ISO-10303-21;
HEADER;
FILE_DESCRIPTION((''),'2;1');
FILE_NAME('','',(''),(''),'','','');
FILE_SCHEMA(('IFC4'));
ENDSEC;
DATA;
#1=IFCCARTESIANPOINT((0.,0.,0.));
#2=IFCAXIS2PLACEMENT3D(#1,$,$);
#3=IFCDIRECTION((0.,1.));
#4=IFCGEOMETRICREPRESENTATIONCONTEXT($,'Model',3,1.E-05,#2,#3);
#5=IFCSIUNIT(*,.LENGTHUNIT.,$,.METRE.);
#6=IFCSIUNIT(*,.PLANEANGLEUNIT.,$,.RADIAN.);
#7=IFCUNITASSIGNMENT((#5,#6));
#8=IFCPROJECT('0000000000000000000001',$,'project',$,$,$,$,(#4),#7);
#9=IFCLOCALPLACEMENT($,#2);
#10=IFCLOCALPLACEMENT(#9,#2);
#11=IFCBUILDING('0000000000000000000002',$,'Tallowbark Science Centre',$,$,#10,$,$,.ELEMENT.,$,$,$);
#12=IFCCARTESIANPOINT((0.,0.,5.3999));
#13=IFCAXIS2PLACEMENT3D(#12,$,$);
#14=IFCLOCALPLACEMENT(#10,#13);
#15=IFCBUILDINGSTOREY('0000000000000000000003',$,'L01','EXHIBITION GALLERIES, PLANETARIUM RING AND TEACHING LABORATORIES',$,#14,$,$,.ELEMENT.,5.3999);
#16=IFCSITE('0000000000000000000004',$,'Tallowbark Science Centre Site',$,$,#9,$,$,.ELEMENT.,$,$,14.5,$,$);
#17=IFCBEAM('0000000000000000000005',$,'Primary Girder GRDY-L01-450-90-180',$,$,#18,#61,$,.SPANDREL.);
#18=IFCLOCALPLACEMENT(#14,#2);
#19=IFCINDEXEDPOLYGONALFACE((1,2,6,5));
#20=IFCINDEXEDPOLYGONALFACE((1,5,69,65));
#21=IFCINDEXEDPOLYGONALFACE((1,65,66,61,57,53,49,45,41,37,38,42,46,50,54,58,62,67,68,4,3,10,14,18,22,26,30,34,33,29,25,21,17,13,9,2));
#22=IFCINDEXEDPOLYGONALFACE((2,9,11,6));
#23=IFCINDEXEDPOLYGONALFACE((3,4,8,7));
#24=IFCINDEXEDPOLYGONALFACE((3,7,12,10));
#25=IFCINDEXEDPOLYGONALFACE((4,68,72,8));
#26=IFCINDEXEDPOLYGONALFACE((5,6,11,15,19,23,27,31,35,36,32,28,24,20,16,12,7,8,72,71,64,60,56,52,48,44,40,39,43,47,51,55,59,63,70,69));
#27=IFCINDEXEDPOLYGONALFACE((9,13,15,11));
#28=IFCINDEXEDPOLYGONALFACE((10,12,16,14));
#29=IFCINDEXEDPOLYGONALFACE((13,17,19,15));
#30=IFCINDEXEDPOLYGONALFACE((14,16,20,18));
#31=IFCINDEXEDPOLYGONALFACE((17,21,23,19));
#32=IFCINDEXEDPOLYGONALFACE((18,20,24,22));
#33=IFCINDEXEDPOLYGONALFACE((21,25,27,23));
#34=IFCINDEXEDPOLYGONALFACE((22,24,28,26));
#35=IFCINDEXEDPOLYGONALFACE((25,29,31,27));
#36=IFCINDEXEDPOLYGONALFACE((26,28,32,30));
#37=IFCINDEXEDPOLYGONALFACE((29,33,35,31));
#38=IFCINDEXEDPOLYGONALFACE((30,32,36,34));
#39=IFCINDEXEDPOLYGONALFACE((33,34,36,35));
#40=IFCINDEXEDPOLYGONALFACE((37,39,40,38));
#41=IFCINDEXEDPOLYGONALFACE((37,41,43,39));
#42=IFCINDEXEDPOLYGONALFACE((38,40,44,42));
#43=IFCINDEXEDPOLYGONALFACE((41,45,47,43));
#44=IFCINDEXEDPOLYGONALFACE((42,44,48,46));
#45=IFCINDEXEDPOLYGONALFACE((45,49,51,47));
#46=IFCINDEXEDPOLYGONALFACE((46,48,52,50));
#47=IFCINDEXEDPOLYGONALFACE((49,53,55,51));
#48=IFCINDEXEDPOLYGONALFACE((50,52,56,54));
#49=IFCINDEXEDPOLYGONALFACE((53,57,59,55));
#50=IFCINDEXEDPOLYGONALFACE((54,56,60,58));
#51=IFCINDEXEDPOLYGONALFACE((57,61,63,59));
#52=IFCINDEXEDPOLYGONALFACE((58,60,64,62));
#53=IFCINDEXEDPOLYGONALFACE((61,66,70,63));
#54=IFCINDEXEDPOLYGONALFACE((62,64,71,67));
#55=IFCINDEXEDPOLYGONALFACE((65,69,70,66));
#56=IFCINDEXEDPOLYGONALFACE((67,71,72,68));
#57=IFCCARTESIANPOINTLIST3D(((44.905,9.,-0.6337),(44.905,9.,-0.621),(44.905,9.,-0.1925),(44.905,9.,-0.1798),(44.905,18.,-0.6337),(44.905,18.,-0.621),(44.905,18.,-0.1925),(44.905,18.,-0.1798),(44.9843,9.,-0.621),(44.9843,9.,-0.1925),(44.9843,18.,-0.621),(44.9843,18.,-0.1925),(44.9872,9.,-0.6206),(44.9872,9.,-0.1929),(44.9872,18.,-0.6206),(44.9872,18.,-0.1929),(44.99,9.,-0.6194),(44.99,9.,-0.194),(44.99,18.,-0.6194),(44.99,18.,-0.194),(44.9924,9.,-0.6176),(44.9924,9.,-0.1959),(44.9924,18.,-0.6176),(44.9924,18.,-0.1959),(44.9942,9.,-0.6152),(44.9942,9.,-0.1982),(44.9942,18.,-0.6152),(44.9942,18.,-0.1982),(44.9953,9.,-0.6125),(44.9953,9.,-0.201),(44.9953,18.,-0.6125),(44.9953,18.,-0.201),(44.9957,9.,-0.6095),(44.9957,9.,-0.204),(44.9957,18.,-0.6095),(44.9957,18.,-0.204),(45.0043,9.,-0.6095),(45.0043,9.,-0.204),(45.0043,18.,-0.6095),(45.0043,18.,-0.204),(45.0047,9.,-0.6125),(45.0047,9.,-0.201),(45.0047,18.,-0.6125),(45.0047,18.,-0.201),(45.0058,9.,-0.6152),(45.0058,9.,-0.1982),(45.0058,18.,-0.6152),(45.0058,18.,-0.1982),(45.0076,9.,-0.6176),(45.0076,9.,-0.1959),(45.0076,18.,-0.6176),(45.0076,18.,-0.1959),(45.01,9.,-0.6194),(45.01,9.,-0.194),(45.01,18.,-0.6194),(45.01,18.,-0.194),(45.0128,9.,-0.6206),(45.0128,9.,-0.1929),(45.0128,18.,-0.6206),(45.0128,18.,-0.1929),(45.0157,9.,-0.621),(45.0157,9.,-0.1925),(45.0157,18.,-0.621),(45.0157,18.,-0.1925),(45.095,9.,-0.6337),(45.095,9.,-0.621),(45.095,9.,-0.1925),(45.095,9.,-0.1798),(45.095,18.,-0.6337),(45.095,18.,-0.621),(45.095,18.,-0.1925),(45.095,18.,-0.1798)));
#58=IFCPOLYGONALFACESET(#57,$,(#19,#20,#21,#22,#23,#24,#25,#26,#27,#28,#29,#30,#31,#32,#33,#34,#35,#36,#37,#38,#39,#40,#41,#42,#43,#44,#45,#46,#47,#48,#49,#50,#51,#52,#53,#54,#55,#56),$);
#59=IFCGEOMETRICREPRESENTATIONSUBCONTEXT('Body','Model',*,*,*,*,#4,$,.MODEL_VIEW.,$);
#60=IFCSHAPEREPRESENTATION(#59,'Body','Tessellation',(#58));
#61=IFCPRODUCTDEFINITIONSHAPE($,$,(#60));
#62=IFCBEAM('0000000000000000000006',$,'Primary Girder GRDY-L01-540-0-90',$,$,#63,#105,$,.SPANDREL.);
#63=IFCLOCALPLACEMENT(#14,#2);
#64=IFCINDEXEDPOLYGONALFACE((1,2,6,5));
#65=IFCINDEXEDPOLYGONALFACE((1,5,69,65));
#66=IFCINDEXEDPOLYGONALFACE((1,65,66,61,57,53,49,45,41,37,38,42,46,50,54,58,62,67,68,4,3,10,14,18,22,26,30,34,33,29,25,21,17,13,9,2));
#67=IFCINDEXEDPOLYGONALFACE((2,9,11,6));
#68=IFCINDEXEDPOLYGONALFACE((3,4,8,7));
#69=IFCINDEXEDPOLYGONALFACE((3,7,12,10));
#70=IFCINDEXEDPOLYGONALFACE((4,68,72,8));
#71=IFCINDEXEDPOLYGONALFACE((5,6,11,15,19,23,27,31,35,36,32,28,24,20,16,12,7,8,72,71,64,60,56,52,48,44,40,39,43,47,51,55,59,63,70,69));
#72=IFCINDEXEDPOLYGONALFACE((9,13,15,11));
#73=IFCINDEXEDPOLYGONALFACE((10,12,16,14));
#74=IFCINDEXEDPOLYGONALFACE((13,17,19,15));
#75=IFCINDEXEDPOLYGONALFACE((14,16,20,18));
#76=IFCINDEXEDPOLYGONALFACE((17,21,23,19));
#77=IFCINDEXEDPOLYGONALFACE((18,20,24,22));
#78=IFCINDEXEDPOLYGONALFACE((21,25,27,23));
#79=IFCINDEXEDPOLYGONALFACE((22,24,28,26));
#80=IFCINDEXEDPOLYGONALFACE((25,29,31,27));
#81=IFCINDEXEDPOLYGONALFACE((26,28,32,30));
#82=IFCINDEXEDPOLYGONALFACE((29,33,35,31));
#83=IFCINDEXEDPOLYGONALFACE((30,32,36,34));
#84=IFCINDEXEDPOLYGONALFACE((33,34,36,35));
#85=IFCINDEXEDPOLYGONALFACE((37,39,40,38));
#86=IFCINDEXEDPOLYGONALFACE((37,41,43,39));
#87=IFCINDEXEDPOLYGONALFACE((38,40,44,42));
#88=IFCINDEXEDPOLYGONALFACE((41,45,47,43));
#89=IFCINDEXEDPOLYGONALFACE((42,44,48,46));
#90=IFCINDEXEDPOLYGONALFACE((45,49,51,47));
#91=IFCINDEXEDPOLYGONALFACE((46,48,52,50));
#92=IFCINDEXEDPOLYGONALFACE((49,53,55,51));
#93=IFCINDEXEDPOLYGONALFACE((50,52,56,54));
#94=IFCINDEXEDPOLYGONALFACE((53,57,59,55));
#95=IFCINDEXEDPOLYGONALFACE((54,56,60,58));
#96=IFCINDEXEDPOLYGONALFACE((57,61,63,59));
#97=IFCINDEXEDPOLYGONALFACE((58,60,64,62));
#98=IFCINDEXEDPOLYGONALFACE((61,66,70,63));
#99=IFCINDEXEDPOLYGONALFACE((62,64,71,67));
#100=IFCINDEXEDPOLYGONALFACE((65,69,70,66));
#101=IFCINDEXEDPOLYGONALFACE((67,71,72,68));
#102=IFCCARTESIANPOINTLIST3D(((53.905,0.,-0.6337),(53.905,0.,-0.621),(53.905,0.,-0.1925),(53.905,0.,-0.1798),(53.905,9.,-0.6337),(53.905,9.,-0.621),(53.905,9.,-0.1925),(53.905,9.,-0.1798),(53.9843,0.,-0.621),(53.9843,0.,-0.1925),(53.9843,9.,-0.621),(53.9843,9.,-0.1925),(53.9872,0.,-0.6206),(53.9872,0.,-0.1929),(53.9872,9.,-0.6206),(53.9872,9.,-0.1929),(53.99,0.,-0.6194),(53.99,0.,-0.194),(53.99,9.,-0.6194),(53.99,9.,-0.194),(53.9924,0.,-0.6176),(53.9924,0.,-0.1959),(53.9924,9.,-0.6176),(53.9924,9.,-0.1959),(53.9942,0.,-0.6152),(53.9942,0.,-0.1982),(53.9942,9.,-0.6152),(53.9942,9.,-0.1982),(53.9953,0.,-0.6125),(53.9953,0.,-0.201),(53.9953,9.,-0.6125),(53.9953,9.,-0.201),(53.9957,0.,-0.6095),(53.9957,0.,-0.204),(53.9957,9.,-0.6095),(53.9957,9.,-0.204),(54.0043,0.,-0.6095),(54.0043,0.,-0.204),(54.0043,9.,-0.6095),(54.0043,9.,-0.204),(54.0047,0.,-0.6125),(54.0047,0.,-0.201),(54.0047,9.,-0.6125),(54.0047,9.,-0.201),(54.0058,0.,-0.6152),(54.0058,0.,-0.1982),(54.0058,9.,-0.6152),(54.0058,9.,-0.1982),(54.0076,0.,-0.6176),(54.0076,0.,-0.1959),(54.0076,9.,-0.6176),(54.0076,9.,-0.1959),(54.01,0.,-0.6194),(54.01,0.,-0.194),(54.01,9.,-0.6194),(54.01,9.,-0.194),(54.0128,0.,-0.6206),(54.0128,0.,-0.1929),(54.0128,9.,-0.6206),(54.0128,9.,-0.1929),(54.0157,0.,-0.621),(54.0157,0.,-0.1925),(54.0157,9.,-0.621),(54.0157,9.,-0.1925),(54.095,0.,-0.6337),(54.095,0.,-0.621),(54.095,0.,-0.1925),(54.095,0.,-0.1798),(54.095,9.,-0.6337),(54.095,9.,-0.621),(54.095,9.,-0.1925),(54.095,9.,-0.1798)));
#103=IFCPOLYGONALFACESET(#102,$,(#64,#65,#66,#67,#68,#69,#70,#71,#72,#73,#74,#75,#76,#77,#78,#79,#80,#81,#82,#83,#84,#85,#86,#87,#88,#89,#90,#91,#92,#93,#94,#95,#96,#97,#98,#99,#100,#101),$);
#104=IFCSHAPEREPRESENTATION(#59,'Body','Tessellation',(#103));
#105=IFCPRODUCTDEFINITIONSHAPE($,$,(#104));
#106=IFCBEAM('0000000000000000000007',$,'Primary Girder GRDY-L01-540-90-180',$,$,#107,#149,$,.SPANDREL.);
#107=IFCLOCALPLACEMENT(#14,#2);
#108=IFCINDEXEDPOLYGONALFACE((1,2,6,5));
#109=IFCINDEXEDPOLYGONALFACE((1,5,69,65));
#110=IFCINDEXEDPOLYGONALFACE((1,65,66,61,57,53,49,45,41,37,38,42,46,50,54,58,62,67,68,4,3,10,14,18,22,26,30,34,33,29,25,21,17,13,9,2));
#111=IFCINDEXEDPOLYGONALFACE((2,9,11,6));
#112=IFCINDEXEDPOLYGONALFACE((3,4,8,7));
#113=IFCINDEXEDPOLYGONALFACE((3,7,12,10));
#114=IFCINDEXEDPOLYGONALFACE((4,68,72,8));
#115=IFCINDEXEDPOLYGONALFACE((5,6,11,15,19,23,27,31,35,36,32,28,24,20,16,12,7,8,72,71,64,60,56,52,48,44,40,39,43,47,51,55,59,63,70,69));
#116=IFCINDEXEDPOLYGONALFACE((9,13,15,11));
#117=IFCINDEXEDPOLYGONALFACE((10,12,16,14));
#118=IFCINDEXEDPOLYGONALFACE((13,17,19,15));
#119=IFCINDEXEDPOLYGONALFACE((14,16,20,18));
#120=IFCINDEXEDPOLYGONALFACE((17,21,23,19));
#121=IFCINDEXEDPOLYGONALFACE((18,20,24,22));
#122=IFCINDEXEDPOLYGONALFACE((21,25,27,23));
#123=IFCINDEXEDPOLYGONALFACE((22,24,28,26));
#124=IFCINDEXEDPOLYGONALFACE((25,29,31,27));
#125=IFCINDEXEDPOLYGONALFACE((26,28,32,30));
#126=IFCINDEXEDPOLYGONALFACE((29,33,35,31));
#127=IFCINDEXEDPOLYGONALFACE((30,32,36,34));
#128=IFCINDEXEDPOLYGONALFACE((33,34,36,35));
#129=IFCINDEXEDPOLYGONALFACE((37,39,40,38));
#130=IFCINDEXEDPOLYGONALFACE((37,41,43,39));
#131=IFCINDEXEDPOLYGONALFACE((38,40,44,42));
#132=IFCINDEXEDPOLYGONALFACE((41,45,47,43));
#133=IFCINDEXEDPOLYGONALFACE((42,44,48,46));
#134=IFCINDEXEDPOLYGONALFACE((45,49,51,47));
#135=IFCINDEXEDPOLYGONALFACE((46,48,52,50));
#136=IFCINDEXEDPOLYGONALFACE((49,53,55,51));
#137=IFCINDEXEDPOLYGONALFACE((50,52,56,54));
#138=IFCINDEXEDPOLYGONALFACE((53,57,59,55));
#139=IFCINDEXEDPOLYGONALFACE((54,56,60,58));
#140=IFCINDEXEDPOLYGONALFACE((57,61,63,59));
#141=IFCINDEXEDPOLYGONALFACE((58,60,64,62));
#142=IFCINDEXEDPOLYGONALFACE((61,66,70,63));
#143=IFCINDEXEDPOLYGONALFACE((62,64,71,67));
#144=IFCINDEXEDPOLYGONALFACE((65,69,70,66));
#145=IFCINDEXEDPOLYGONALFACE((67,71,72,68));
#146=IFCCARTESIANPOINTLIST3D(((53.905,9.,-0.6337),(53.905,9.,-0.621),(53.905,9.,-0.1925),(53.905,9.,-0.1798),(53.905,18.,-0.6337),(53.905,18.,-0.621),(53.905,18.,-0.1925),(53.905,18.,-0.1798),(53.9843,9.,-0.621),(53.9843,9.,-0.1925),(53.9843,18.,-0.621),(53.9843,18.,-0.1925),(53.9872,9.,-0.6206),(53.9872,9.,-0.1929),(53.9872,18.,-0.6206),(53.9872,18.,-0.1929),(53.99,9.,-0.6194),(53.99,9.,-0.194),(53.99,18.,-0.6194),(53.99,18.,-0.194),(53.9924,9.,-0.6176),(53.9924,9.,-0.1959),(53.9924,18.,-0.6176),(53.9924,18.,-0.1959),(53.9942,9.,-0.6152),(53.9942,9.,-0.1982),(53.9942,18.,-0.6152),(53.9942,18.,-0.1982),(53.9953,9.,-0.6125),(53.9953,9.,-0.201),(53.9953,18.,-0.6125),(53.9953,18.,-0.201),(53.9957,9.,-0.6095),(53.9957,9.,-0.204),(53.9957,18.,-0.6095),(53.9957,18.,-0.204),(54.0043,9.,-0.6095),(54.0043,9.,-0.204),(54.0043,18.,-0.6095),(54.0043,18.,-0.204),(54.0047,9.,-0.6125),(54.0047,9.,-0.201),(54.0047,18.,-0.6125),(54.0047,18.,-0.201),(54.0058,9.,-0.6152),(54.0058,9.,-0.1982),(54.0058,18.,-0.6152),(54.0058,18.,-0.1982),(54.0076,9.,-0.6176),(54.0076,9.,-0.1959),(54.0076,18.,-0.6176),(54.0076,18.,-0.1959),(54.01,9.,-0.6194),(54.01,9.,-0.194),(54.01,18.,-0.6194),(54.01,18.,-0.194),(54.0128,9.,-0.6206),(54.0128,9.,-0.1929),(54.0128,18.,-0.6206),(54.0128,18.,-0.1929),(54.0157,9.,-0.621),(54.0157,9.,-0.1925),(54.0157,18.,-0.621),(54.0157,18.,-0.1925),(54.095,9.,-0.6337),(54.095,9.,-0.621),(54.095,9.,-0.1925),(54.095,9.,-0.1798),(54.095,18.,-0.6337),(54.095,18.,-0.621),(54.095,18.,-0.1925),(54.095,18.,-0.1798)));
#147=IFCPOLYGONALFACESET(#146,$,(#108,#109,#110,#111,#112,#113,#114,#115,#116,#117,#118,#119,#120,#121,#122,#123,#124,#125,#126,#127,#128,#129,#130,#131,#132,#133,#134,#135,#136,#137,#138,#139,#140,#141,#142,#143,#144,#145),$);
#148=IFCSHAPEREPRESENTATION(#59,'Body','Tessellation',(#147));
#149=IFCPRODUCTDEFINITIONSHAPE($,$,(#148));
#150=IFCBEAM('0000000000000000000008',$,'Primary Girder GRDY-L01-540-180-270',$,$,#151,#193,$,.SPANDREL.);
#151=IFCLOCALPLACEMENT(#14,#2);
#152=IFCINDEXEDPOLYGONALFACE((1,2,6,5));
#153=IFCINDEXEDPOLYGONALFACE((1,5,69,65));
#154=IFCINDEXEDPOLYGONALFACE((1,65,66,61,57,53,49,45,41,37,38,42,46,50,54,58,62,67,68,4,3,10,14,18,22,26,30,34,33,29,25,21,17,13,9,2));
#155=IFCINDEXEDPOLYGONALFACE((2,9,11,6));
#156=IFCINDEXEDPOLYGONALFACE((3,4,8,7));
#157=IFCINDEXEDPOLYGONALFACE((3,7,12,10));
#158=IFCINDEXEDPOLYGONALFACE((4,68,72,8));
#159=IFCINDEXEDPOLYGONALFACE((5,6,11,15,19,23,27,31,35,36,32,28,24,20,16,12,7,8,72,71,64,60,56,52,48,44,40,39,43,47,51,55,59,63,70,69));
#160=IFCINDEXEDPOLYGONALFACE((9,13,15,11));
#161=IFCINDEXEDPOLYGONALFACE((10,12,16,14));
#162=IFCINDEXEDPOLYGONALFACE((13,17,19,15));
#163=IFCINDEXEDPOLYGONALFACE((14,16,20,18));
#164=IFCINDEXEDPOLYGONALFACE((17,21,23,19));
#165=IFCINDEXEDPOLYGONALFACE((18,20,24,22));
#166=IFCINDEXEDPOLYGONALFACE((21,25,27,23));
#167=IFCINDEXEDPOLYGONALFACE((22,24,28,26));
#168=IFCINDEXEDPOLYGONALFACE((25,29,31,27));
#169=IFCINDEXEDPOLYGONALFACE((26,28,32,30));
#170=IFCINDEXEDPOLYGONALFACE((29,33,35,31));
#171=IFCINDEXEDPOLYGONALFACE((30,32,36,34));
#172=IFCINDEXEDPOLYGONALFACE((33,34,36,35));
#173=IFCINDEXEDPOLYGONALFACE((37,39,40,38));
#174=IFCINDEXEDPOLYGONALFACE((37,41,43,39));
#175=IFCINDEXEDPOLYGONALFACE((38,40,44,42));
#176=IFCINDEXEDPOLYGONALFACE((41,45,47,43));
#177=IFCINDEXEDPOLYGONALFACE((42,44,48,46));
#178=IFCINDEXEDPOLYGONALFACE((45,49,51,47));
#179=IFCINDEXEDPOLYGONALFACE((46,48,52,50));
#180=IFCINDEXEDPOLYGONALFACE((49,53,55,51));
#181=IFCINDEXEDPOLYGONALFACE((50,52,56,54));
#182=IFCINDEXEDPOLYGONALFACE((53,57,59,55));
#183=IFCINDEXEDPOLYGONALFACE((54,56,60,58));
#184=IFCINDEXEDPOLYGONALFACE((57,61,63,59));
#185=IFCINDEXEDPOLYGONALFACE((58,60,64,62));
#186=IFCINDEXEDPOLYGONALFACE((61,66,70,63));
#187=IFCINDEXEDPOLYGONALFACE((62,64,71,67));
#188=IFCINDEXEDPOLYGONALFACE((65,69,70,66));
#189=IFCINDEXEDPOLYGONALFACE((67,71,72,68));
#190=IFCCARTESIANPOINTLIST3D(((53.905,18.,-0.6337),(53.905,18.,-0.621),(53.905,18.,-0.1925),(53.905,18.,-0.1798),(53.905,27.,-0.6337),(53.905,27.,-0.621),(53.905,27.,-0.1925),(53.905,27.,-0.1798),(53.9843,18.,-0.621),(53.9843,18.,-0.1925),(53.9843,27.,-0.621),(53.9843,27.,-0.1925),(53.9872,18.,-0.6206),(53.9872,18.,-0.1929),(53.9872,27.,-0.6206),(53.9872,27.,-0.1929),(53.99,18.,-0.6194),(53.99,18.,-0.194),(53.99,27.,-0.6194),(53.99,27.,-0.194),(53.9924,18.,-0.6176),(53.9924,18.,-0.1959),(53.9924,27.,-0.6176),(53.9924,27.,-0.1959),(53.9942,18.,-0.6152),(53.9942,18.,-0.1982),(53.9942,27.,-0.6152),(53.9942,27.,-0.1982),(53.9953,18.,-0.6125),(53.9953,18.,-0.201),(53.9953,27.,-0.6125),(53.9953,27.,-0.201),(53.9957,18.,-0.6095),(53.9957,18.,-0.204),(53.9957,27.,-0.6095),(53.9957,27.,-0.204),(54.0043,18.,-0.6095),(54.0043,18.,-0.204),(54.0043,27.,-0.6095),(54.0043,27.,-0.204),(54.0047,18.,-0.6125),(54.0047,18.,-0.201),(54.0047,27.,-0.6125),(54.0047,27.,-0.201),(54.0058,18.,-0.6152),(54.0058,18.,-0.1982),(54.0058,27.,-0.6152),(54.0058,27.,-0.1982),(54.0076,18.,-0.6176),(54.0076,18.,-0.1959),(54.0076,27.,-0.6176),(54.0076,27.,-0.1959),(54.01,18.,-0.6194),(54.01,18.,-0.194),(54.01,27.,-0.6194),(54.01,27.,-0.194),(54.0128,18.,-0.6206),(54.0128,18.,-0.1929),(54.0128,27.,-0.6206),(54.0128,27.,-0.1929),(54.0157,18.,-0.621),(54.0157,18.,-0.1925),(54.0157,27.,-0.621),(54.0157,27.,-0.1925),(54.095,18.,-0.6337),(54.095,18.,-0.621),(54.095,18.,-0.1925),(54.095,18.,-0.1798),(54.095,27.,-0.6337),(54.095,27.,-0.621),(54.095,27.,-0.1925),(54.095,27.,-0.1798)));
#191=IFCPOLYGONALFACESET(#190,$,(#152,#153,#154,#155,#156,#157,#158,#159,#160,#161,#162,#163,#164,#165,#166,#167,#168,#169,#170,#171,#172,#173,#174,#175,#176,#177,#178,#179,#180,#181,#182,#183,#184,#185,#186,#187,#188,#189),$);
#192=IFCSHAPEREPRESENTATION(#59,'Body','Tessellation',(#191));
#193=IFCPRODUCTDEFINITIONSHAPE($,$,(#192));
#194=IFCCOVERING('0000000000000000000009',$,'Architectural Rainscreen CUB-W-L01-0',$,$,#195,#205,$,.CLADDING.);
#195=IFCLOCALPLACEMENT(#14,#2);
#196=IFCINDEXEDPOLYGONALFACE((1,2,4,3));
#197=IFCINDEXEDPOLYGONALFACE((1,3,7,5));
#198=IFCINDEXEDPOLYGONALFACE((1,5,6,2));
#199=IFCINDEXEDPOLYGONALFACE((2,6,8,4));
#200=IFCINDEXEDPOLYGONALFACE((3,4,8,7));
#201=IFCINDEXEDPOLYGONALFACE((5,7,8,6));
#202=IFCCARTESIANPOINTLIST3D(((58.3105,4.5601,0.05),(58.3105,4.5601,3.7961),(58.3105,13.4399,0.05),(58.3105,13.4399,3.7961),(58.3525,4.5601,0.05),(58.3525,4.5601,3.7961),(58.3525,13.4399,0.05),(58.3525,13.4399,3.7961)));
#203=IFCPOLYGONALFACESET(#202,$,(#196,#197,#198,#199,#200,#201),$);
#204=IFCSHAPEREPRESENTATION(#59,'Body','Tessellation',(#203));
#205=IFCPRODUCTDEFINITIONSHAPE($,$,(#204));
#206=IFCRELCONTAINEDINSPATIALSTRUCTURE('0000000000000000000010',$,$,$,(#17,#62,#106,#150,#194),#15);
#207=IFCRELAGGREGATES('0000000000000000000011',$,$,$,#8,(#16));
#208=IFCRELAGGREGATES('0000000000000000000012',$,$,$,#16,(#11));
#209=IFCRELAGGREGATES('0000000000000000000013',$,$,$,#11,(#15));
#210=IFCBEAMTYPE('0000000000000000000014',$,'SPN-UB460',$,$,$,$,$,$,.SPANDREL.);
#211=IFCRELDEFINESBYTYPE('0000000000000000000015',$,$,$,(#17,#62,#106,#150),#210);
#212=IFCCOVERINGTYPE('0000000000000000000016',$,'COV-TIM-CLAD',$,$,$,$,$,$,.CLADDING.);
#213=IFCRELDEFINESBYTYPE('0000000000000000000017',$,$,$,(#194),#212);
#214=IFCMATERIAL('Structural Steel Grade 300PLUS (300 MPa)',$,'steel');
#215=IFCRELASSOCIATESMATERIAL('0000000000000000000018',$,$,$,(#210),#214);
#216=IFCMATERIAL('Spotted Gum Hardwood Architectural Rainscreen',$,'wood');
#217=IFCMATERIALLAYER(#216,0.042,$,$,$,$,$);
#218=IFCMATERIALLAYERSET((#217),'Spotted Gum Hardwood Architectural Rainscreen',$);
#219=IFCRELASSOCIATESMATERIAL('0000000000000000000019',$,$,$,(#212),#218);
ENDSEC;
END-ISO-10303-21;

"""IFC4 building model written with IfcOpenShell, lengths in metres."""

from ifc_helpers import new_model, si_unit, direction, frame, origin, origin_2d, place, context, subcontext, project, spatial, rectangle, i_section, extrude, material, layer, layer_set, material_profile, profile_set, type_object, element, save


model = new_model("IFC4")

# Units and contexts
model_context = context("Model", 3, precision=1e-05, world=origin(), true_north=direction((0.0, 1.0)))
body_context = subcontext(model_context, "Body", "Model", "MODEL_VIEW")
ifc_project = project(units=[si_unit("LENGTHUNIT", "METRE"), si_unit("PLANEANGLEUNIT", "RADIAN")], contexts=[model_context])

# Site, building, storey
site_placement = place(None, origin())
site = spatial("IfcSite", under=ifc_project, at=site_placement, Name="Tallowbark Science Centre Site", CompositionType="ELEMENT", RefElevation=14.5)
building_placement = place(site_placement, origin())
building = spatial("IfcBuilding", under=site, at=building_placement, Name="Tallowbark Science Centre", CompositionType="ELEMENT")
storey_placement = place(building_placement, frame((0.0, 0.0, 5.3999)))
storey = spatial("IfcBuildingStorey", under=building, at=storey_placement, Name="L01", Description="EXHIBITION GALLERIES, PLANETARIUM RING AND TEACHING LABORATORIES", CompositionType="ELEMENT", Elevation=5.3999)

# Shared definitions
ifc_material_1 = material(Name="Structural Steel Grade 300PLUS (300 MPa)", Category="steel")

# Beams
ifc_material_profile_1 = material_profile(ifc_material_1, i_section(OverallWidth=0.1899, OverallDepth=0.4539, WebThickness=0.0085, FlangeThickness=0.0127, FilletRadius=0.0115, at=origin_2d()), Name="460UB67.1")
ifc_profile_set_1 = profile_set([ifc_material_profile_1], Name="Structural Steel Grade 300PLUS (300 MPa)")
beam_type_1 = type_object("IfcBeamType", Name="SPN-UB460", PredefinedType="SPANDREL", material=ifc_profile_set_1)
for number, where, z_axis, x_axis, name in (
    (1, (45.0, 9.0, -0.4067), (0.0, 1.0, 0.0), (-1.0, 0.0, 0.0), "Primary Girder GRDY-L01-450-90-180"),
    (2, (54.0, 0.0, -0.4067), (0.0, 1.0, 0.0), (-1.0, 0.0, 0.0), "Primary Girder GRDY-L01-540-0-90"),
    (3, (54.0, 9.0, -0.4067), (0.0, 1.0, 0.0), (-1.0, 0.0, 0.0), "Primary Girder GRDY-L01-540-90-180"),
    (4, (54.0, 18.0, -0.4067), (0.0, 1.0, 0.0), (-1.0, 0.0, 0.0), "Primary Girder GRDY-L01-540-180-270"),
):
    element("IfcBeam", number, at=place(storey_placement, frame(where, z_axis=z_axis, x_axis=x_axis)), inside=storey, type_object=beam_type_1, Name=name, PredefinedType="SPANDREL", context=body_context, shape_type="SweptSolid", body=[
        extrude(i_section(OverallWidth=0.1899, OverallDepth=0.4539, WebThickness=0.0085, FlangeThickness=0.0127, FilletRadius=0.0115, at=origin_2d()), origin(), (0.0, 0.0, 1.0), 9.0),
    ])

# Covering
ifc_material_2 = material(Name="Spotted Gum Hardwood Architectural Rainscreen", Category="wood")
ifc_layer_1 = layer(ifc_material_2, 0.042)
ifc_layer_set_1 = layer_set([ifc_layer_1], Name="Spotted Gum Hardwood Architectural Rainscreen")
covering_type = type_object("IfcCoveringType", Name="COV-TIM-CLAD", PredefinedType="CLADDING", material=ifc_layer_set_1)
covering_placement = place(storey_placement, frame((58.3315, 9.0, 0.05), z_axis=(0.0, 0.0, 1.0), x_axis=(0.0, -1.0, 0.0)))
element("IfcCovering", 5, at=covering_placement, inside=storey, type_object=covering_type, Name="Architectural Rainscreen CUB-W-L01-0", PredefinedType="CLADDING", context=body_context, shape_type="SweptSolid", body=[
    extrude(rectangle(XDim=8.8799, YDim=0.042, at=origin_2d()), origin(), (0.0, 0.0, 1.0), 3.7461),
])

save(model, "model.ifc")
